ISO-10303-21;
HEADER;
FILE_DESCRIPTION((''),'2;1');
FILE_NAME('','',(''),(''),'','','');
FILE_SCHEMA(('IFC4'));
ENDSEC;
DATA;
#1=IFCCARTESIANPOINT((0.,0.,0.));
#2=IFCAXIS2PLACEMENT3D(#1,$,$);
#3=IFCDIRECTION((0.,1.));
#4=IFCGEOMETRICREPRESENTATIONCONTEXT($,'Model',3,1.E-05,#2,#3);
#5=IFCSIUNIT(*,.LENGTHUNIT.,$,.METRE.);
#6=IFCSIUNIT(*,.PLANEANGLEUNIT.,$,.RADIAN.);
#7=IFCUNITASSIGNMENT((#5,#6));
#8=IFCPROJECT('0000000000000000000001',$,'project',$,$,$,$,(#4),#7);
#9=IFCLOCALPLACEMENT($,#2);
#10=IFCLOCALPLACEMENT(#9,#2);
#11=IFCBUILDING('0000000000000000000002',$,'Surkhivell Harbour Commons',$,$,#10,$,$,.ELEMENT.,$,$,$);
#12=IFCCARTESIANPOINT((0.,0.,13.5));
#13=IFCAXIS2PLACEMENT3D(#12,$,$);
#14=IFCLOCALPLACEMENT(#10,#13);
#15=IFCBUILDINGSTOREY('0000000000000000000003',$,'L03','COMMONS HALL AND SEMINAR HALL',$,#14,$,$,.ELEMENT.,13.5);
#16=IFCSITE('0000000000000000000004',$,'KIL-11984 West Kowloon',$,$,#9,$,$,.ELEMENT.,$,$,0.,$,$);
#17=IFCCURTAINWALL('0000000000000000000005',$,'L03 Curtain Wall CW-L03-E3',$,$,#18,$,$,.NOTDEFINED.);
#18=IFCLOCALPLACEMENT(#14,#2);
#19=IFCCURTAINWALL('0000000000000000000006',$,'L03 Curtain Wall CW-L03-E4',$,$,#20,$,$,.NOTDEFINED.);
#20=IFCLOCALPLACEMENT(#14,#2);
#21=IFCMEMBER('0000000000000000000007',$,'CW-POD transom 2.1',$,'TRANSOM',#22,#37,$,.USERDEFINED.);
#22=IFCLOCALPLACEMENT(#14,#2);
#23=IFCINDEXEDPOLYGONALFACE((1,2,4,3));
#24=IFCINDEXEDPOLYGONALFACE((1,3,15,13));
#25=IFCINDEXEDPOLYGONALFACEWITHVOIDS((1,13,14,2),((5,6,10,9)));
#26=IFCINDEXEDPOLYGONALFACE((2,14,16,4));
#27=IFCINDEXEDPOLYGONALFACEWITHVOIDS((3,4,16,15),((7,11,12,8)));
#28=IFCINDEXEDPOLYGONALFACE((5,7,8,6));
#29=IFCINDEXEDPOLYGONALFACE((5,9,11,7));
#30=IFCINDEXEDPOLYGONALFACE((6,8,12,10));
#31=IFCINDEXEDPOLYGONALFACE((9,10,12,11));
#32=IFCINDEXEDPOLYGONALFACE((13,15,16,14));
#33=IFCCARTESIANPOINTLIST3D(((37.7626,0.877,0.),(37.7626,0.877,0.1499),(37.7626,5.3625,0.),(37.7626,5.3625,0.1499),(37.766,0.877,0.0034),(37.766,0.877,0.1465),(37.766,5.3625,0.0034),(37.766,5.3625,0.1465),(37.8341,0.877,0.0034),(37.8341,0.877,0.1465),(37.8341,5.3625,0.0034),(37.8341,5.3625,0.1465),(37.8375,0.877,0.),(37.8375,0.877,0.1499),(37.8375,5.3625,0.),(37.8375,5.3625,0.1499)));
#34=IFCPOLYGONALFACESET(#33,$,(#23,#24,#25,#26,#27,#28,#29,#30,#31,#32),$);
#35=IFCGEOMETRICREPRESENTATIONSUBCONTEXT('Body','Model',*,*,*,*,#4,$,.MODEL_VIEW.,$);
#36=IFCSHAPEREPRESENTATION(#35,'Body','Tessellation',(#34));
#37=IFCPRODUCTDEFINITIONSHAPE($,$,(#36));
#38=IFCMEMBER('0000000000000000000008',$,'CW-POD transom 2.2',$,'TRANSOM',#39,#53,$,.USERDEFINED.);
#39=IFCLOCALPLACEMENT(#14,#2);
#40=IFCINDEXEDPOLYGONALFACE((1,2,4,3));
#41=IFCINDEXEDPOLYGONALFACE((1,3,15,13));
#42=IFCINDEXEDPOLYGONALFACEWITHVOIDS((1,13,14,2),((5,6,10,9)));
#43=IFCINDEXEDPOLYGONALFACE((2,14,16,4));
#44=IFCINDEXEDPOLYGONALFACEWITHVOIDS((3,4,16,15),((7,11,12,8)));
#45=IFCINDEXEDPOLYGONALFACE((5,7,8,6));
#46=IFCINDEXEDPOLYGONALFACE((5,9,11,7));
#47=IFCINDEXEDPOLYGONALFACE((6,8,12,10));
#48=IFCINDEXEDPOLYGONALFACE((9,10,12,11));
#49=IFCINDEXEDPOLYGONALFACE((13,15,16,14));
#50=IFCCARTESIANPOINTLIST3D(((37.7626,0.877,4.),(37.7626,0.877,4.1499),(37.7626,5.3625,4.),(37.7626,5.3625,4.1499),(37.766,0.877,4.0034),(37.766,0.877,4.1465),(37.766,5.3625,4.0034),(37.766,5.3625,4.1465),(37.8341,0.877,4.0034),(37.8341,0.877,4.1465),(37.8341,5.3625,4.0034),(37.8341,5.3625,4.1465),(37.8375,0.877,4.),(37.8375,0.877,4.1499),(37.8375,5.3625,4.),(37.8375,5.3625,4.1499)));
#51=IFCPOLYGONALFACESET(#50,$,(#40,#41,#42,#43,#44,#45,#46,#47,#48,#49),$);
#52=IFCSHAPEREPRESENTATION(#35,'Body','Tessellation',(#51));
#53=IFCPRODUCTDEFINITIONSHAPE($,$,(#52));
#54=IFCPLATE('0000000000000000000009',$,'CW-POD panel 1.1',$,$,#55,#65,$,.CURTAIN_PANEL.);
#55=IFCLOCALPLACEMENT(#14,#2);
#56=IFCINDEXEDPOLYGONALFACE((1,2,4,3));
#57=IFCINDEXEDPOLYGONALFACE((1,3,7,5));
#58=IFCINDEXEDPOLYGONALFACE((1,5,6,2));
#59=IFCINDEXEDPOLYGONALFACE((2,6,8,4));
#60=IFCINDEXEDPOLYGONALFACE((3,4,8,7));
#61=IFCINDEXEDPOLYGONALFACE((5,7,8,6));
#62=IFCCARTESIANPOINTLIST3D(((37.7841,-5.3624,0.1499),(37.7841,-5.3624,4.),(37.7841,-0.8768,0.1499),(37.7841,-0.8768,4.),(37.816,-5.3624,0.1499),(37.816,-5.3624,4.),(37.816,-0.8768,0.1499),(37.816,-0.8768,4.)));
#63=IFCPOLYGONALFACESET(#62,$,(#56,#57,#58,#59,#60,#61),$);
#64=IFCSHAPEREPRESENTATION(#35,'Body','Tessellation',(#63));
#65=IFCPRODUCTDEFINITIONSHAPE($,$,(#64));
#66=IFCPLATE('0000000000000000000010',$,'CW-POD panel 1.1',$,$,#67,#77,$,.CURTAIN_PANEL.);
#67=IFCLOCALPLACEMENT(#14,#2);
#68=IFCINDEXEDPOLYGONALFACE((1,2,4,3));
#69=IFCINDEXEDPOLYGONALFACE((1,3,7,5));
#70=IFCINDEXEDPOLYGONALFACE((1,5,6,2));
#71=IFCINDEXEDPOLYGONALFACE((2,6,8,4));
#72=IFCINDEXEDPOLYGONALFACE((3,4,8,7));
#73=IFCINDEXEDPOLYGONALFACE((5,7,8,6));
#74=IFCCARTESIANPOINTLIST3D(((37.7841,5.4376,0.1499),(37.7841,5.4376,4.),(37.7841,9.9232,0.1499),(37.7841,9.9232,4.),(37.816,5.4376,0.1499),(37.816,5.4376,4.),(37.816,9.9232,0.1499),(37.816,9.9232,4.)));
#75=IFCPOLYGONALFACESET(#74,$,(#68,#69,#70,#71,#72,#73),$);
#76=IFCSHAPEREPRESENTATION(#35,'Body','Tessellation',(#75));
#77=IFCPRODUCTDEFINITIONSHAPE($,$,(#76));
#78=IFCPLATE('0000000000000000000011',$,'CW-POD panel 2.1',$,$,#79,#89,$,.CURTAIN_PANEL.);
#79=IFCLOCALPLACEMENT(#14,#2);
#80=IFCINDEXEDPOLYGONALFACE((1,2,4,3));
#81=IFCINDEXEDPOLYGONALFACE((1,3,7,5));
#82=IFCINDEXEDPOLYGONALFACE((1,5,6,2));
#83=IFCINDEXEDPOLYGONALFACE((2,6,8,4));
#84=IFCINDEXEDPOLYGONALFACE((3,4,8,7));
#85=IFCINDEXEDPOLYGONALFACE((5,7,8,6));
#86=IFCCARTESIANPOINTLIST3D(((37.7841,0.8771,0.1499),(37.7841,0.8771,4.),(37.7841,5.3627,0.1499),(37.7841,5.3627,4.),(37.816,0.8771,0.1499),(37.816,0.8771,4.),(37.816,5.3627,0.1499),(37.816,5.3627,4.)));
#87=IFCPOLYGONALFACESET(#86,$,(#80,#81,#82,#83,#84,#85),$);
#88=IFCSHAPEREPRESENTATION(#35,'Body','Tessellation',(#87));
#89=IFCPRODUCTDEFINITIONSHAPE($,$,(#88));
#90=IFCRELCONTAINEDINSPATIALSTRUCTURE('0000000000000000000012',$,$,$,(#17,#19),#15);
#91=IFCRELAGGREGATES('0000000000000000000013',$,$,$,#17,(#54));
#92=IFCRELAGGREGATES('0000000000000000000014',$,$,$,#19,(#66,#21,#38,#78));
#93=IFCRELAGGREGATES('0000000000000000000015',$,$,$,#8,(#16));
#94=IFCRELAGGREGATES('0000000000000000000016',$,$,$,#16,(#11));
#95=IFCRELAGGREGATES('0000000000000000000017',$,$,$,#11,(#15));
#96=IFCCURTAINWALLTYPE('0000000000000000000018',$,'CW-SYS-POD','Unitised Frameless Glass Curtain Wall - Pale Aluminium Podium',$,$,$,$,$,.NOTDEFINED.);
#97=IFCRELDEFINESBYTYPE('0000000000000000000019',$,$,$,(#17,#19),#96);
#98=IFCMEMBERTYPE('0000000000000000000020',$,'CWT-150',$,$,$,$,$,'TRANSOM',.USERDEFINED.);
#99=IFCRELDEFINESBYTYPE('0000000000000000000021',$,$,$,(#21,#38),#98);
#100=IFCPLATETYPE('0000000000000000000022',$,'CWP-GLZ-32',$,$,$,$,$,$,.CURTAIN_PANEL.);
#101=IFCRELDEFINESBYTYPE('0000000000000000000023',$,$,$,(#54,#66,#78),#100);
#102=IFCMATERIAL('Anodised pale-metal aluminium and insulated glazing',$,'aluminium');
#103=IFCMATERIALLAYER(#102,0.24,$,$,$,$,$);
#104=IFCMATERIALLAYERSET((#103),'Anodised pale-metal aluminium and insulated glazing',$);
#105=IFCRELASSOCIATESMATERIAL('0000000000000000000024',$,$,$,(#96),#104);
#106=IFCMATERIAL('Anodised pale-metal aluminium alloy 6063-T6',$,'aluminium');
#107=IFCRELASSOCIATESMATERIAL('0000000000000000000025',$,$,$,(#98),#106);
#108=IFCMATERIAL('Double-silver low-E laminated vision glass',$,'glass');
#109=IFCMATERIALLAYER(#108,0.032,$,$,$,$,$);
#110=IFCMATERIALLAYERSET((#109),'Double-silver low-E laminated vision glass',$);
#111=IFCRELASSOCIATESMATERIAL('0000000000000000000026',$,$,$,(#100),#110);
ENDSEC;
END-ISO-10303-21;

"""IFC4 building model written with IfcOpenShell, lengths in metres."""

from ifc_helpers import new_model, si_unit, direction, frame, frame_2d, origin, origin_2d, place, context, subcontext, project, spatial, rectangle, hollow_rectangle, extrude, material, layer, layer_set, material_profile, profile_set, type_object, element, aggregate, save


model = new_model("IFC4")

# Units and contexts
model_context = context("Model", 3, precision=1e-05, world=origin(), true_north=direction((0.0, 1.0)))
body_context = subcontext(model_context, "Body", "Model", "MODEL_VIEW")
ifc_project = project(units=[si_unit("LENGTHUNIT", "METRE"), si_unit("PLANEANGLEUNIT", "RADIAN")], contexts=[model_context])

# Site, building, storey
site_placement = place(None, origin())
site = spatial("IfcSite", under=ifc_project, at=site_placement, Name="KIL-11984 West Kowloon", CompositionType="ELEMENT", RefElevation=0.0)
building_placement = place(site_placement, origin())
building = spatial("IfcBuilding", under=site, at=building_placement, Name="Surkhivell Harbour Commons", CompositionType="ELEMENT")
storey_placement = place(building_placement, frame((0.0, 0.0, 13.5)))
storey = spatial("IfcBuildingStorey", under=building, at=storey_placement, Name="L03", Description="COMMONS HALL AND SEMINAR HALL", CompositionType="ELEMENT", Elevation=13.5)

# Curtain wall
ifc_material_1 = material(Name="Anodised pale-metal aluminium and insulated glazing", Category="aluminium")
ifc_layer_1 = layer(ifc_material_1, 0.24)
ifc_layer_set_1 = layer_set([ifc_layer_1], Name="Anodised pale-metal aluminium and insulated glazing")
curtain_wall_type = type_object("IfcCurtainWallType", Name="CW-SYS-POD", Description="Unitised Frameless Glass Curtain Wall - Pale Aluminium Podium", PredefinedType="NOTDEFINED", material=ifc_layer_set_1)
curtain_wall_1_placement = place(storey_placement, origin())
curtain_wall_1 = element("IfcCurtainWall", 1, at=curtain_wall_1_placement, inside=storey, type_object=curtain_wall_type, Name="L03 Curtain Wall CW-L03-E3", PredefinedType="NOTDEFINED")
ifc_material_2 = material(Name="Anodised pale-metal aluminium alloy 6063-T6", Category="aluminium")

# Curtain wall
curtain_wall_2_placement = place(storey_placement, origin())
curtain_wall_2 = element("IfcCurtainWall", 2, at=curtain_wall_2_placement, inside=storey, type_object=curtain_wall_type, Name="L03 Curtain Wall CW-L03-E4", PredefinedType="NOTDEFINED")

# Members
ifc_material_profile_1 = material_profile(ifc_material_2, hollow_rectangle(XDim=0.075, YDim=0.1499, WallThickness=0.0034, at=origin_2d()), Name="ALU-TRAN-75x150")
ifc_profile_set_1 = profile_set([ifc_material_profile_1], Name="Anodised pale-metal aluminium alloy 6063-T6")
member_type_1 = type_object("IfcMemberType", Name="CWT-150", ElementType="TRANSOM", PredefinedType="USERDEFINED", material=ifc_profile_set_1)
member_1_placement = place(storey_placement, frame((37.8, 5.3625, 0.075), z_axis=(0.0, -1.0, 0.0), x_axis=(1.0, 0.0, 0.0)))
member_1 = element("IfcMember", 3, at=member_1_placement, type_object=member_type_1, Name="CW-POD transom 2.1", ObjectType="TRANSOM", PredefinedType="USERDEFINED", context=body_context, shape_type="SweptSolid", body=[
    extrude(hollow_rectangle(XDim=0.075, YDim=0.1499, WallThickness=0.0034, at=origin_2d()), origin(), (0.0, 0.0, 1.0), 4.4856),
])
member_2_placement = place(storey_placement, frame((37.8, 5.3625, 4.075), z_axis=(0.0, -1.0, 0.0), x_axis=(1.0, 0.0, 0.0)))
member_2 = element("IfcMember", 4, at=member_2_placement, type_object=member_type_1, Name="CW-POD transom 2.2", ObjectType="TRANSOM", PredefinedType="USERDEFINED", context=body_context, shape_type="SweptSolid", body=[
    extrude(hollow_rectangle(XDim=0.075, YDim=0.1499, WallThickness=0.0034, at=origin_2d()), origin(), (0.0, 0.0, 1.0), 4.4856),
])

# Plates
ifc_material_3 = material(Name="Double-silver low-E laminated vision glass", Category="glass")
ifc_layer_2 = layer(ifc_material_3, 0.032)
ifc_layer_set_2 = layer_set([ifc_layer_2], Name="Double-silver low-E laminated vision glass")
plate_type = type_object("IfcPlateType", Name="CWP-GLZ-32", PredefinedType="CURTAIN_PANEL", material=ifc_layer_set_2)
plate_1_placement = place(storey_placement, frame((37.8, -0.877, 0.1499), z_axis=(0.0, 0.0, 1.0), x_axis=(0.0, -1.0, 0.0)))
plate_1 = element("IfcPlate", 5, at=plate_1_placement, type_object=plate_type, Name="CW-POD panel 1.1", PredefinedType="CURTAIN_PANEL", context=body_context, shape_type="SweptSolid", body=[
    extrude(rectangle(XDim=4.4856, YDim=0.032, at=frame_2d((2.2427, 0.0))), origin(), (0.0, 0.0, 1.0), 3.8501),
])
aggregate(curtain_wall_1, [plate_1])
plate_2_placement = place(storey_placement, frame((37.8, 9.9231, 0.1499), z_axis=(0.0, 0.0, 1.0), x_axis=(0.0, -1.0, 0.0)))
plate_2 = element("IfcPlate", 6, at=plate_2_placement, type_object=plate_type, Name="CW-POD panel 1.1", PredefinedType="CURTAIN_PANEL", context=body_context, shape_type="SweptSolid", body=[
    extrude(rectangle(XDim=4.4856, YDim=0.032, at=frame_2d((2.2427, 0.0))), origin(), (0.0, 0.0, 1.0), 3.8501),
])
plate_3_placement = place(storey_placement, frame((37.8, 5.3625, 0.1499), z_axis=(0.0, 0.0, 1.0), x_axis=(0.0, -1.0, 0.0)))
plate_3 = element("IfcPlate", 7, at=plate_3_placement, type_object=plate_type, Name="CW-POD panel 2.1", PredefinedType="CURTAIN_PANEL", context=body_context, shape_type="SweptSolid", body=[
    extrude(rectangle(XDim=4.4856, YDim=0.032, at=frame_2d((2.2427, 0.0))), origin(), (0.0, 0.0, 1.0), 3.8501),
])
aggregate(curtain_wall_2, [plate_2, member_1, member_2, plate_3])

save(model, "model.ifc")
